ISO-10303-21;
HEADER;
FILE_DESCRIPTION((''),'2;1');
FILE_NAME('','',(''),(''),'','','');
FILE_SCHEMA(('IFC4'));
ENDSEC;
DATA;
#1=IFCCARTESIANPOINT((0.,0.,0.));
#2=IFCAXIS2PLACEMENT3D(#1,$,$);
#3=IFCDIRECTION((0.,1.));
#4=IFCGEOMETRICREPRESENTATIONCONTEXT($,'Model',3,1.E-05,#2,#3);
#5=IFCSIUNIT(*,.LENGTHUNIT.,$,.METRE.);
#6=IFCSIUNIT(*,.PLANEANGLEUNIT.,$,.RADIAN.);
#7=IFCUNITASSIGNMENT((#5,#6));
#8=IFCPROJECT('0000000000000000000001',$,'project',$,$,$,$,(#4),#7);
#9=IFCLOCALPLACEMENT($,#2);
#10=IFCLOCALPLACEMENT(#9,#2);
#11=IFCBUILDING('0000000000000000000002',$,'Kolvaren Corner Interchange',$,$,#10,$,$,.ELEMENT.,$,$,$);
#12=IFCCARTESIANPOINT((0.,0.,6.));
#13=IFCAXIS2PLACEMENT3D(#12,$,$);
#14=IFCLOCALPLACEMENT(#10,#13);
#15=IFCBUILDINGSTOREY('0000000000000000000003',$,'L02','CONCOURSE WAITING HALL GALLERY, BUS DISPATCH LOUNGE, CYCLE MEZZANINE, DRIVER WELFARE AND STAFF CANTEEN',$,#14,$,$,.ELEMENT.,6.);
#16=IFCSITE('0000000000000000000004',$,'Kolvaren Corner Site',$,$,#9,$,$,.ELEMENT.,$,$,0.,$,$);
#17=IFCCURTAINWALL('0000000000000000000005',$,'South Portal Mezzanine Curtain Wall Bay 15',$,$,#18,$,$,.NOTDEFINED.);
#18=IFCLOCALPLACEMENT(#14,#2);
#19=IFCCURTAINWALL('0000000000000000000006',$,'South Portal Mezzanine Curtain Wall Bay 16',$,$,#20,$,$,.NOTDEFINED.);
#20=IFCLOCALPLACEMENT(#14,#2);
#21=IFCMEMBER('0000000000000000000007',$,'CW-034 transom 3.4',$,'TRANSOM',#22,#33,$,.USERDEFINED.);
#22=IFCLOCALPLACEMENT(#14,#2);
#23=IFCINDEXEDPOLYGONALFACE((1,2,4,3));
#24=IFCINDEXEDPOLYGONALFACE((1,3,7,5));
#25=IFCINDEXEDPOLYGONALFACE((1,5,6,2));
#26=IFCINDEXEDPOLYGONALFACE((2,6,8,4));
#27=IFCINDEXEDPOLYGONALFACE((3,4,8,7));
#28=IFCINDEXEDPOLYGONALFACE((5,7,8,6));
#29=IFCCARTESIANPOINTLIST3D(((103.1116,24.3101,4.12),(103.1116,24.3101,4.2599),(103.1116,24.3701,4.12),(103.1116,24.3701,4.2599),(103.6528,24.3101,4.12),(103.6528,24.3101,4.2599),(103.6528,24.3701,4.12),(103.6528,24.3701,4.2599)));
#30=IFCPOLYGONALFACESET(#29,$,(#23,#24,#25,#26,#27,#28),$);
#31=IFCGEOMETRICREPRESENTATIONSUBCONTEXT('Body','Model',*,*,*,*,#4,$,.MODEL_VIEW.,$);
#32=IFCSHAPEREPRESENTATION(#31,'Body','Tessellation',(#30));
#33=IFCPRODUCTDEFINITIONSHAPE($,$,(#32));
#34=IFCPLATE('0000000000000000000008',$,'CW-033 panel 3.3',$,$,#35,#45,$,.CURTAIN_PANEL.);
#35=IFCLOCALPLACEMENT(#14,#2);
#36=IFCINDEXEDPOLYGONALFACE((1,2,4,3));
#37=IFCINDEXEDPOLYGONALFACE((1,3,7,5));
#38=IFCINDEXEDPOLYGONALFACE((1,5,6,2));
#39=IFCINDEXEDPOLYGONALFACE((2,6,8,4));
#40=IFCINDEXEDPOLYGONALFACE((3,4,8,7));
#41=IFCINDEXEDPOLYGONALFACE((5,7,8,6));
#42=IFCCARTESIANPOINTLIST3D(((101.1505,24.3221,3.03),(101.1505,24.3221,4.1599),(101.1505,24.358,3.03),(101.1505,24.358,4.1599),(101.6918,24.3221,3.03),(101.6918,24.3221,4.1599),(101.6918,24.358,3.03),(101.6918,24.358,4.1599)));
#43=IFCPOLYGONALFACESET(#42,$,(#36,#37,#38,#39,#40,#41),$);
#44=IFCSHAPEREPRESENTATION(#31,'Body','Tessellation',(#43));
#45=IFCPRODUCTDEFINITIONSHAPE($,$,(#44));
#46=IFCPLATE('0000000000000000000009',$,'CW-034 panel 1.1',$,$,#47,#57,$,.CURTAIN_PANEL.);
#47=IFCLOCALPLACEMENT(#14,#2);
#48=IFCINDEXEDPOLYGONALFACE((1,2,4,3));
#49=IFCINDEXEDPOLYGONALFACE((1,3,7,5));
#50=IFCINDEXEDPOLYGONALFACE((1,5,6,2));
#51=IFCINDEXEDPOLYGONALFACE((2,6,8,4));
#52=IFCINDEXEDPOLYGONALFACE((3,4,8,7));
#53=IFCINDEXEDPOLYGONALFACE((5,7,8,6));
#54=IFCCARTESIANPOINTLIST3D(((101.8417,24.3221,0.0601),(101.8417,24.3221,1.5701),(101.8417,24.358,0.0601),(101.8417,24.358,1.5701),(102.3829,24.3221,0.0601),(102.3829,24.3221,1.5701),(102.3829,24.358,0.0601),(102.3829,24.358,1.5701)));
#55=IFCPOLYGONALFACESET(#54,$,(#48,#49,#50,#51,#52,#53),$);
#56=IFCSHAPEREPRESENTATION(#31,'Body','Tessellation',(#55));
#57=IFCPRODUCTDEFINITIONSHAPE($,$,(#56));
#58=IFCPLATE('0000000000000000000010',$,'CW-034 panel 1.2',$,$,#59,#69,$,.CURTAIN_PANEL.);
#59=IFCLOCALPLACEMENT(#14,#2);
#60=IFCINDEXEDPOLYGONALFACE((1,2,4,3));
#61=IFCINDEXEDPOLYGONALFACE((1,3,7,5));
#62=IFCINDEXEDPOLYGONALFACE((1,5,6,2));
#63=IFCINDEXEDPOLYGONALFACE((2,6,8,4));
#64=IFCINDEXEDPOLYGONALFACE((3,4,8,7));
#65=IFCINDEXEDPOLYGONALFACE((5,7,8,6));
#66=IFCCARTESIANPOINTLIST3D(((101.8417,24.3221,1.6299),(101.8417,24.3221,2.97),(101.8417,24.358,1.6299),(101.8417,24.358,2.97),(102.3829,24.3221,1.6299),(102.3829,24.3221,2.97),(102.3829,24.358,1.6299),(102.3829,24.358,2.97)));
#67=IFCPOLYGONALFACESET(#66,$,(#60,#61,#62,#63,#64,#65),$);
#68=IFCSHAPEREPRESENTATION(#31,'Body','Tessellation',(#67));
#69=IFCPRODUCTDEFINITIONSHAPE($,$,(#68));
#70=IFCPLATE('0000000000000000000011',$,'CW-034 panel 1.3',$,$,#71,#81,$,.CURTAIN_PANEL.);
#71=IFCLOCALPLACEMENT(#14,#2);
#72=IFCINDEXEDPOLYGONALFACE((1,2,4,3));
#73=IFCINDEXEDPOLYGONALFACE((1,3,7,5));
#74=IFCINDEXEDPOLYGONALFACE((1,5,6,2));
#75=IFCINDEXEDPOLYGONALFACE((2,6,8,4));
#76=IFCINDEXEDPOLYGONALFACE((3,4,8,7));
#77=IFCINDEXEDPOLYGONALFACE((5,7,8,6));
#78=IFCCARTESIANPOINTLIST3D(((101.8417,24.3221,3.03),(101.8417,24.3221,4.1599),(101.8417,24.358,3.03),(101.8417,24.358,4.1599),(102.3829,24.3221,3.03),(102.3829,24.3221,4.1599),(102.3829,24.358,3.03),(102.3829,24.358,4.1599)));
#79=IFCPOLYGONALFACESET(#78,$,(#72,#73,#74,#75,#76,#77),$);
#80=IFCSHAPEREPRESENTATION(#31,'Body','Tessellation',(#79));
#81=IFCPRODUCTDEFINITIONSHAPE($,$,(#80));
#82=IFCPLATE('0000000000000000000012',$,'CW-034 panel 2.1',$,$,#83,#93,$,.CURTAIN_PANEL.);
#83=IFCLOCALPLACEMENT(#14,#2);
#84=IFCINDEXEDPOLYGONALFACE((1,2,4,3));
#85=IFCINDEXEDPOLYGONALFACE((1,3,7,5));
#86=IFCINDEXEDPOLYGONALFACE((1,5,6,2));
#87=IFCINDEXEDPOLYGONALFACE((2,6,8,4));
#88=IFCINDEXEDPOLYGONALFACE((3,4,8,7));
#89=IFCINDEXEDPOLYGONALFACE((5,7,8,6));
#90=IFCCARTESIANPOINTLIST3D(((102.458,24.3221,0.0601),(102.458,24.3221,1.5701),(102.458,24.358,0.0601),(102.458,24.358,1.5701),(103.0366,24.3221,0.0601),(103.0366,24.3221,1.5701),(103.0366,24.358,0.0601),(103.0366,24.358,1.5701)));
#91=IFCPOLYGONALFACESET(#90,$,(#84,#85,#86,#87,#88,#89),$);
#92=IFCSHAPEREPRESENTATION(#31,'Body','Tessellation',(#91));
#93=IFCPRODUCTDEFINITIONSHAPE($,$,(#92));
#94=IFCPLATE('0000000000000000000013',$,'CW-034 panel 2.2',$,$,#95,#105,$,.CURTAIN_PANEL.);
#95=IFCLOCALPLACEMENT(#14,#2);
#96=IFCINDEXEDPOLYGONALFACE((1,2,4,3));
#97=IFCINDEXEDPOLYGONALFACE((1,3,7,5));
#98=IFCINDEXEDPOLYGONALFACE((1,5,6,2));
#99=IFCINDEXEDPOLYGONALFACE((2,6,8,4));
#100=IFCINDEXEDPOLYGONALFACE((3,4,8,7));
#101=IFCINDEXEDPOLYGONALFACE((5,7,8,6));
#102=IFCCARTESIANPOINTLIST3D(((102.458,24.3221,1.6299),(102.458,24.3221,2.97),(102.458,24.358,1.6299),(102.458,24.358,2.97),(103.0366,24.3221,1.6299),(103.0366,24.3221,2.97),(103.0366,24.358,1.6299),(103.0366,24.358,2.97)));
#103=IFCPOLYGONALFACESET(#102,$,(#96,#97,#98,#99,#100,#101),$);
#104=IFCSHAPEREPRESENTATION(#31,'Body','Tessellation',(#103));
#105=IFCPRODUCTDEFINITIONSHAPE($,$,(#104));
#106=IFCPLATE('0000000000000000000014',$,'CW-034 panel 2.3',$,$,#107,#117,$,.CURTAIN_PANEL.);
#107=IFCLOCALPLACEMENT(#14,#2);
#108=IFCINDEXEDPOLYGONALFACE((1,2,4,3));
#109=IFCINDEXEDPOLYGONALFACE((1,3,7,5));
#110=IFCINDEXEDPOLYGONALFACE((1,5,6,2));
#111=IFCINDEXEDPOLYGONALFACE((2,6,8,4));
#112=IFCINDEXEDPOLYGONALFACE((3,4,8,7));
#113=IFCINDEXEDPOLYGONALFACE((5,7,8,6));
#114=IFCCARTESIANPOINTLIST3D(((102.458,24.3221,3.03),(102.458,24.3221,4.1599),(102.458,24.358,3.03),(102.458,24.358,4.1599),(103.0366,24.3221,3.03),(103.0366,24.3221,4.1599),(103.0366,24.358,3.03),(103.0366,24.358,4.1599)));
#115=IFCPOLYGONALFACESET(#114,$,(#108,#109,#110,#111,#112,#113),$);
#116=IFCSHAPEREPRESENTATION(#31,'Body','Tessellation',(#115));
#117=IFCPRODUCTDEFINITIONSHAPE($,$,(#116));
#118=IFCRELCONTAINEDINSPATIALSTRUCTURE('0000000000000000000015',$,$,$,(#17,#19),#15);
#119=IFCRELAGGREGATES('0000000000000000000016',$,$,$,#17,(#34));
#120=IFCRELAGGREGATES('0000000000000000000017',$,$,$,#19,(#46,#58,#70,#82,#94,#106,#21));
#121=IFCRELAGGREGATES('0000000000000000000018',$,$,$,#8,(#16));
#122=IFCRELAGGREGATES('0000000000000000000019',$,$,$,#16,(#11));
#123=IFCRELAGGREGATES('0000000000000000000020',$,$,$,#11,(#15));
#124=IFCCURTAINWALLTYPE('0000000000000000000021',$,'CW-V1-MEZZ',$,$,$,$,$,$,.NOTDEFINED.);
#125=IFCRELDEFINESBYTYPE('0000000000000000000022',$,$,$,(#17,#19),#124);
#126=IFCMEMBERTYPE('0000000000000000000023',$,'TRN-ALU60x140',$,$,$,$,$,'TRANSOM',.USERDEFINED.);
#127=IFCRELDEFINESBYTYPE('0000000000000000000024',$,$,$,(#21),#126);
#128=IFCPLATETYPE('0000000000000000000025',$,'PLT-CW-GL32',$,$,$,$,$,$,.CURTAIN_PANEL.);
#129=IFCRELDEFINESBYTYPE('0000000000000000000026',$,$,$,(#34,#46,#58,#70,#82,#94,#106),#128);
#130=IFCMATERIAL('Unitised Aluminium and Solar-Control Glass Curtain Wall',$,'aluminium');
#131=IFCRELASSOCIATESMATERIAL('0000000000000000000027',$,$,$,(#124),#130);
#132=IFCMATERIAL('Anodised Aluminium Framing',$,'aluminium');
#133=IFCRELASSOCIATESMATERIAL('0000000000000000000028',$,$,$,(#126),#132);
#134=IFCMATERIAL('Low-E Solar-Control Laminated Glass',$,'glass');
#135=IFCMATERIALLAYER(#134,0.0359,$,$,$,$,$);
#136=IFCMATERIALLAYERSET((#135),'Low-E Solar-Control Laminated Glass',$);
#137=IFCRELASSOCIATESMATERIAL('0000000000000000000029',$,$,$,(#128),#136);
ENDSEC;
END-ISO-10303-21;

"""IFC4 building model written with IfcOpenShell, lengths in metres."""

from ifc_helpers import new_model, si_unit, direction, frame, origin, origin_2d, place, context, subcontext, project, spatial, rectangle, extrude, material, layer, layer_set, material_profile, profile_set, type_object, element, aggregate, save


model = new_model("IFC4")

# Units and contexts
model_context = context("Model", 3, precision=1e-05, world=origin(), true_north=direction((0.0, 1.0)))
body_context = subcontext(model_context, "Body", "Model", "MODEL_VIEW")
ifc_project = project(units=[si_unit("LENGTHUNIT", "METRE"), si_unit("PLANEANGLEUNIT", "RADIAN")], contexts=[model_context])

# Site, building, storey
site_placement = place(None, origin())
site = spatial("IfcSite", under=ifc_project, at=site_placement, Name="Kolvaren Corner Site", CompositionType="ELEMENT", RefElevation=0.0)
building_placement = place(site_placement, origin())
building = spatial("IfcBuilding", under=site, at=building_placement, Name="Kolvaren Corner Interchange", CompositionType="ELEMENT")
storey_placement = place(building_placement, frame((0.0, 0.0, 6.0)))
storey = spatial("IfcBuildingStorey", under=building, at=storey_placement, Name="L02", Description="CONCOURSE WAITING HALL GALLERY, BUS DISPATCH LOUNGE, CYCLE MEZZANINE, DRIVER WELFARE AND STAFF CANTEEN", CompositionType="ELEMENT", Elevation=6.0)

# Curtain wall
ifc_material_1 = material(Name="Unitised Aluminium and Solar-Control Glass Curtain Wall", Category="aluminium")
curtain_wall_type = type_object("IfcCurtainWallType", Name="CW-V1-MEZZ", PredefinedType="NOTDEFINED", material=ifc_material_1)
curtain_wall_1_placement = place(storey_placement, origin())
curtain_wall_1 = element("IfcCurtainWall", 1, at=curtain_wall_1_placement, inside=storey, type_object=curtain_wall_type, Name="South Portal Mezzanine Curtain Wall Bay 15", PredefinedType="NOTDEFINED")

# Curtain wall, member
curtain_wall_2_placement = place(storey_placement, origin())
curtain_wall_2 = element("IfcCurtainWall", 2, at=curtain_wall_2_placement, inside=storey, type_object=curtain_wall_type, Name="South Portal Mezzanine Curtain Wall Bay 16", PredefinedType="NOTDEFINED")
ifc_material_2 = material(Name="Anodised Aluminium Framing", Category="aluminium")
ifc_material_profile_1 = material_profile(ifc_material_2, rectangle(XDim=0.0601, YDim=0.1399, at=origin_2d()), Name="ALU 60x140")
ifc_profile_set_1 = profile_set([ifc_material_profile_1], Name="Anodised Aluminium Framing")
member_type_1 = type_object("IfcMemberType", Name="TRN-ALU60x140", ElementType="TRANSOM", PredefinedType="USERDEFINED", material=ifc_profile_set_1)
member_1_placement = place(storey_placement, frame((103.1116, 24.3401, 4.1899), z_axis=(1.0, 0.0, 0.0), x_axis=(0.0, 1.0, 0.0)))
member_1 = element("IfcMember", 3, at=member_1_placement, type_object=member_type_1, Name="CW-034 transom 3.4", ObjectType="TRANSOM", PredefinedType="USERDEFINED", context=body_context, shape_type="SweptSolid", body=[
    extrude(rectangle(XDim=0.0601, YDim=0.1399, at=origin_2d()), origin(), (0.0, 0.0, 1.0), 0.5413),
])

# Plates
ifc_material_3 = material(Name="Low-E Solar-Control Laminated Glass", Category="glass")
ifc_layer = layer(ifc_material_3, 0.0359)
ifc_layer_set = layer_set([ifc_layer], Name="Low-E Solar-Control Laminated Glass")
plate_type = type_object("IfcPlateType", Name="PLT-CW-GL32", PredefinedType="CURTAIN_PANEL", material=ifc_layer_set)
plate_1_placement = place(storey_placement, frame((101.4211, 24.3401, 3.03), z_axis=(0.0, 0.0, 1.0), x_axis=(1.0, 0.0, 0.0)))
plate_1 = element("IfcPlate", 4, at=plate_1_placement, type_object=plate_type, Name="CW-033 panel 3.3", PredefinedType="CURTAIN_PANEL", context=body_context, shape_type="SweptSolid", body=[
    extrude(rectangle(XDim=0.5413, YDim=0.0359, at=origin_2d()), origin(), (0.0, 0.0, 1.0), 1.1299),
])
aggregate(curtain_wall_1, [plate_1])
plate_2_placement = place(storey_placement, frame((102.1123, 24.3401, 0.0601), z_axis=(0.0, 0.0, 1.0), x_axis=(1.0, 0.0, 0.0)))
plate_2 = element("IfcPlate", 5, at=plate_2_placement, type_object=plate_type, Name="CW-034 panel 1.1", PredefinedType="CURTAIN_PANEL", context=body_context, shape_type="SweptSolid", body=[
    extrude(rectangle(XDim=0.5413, YDim=0.0359, at=origin_2d()), origin(), (0.0, 0.0, 1.0), 1.51),
])
plate_3_placement = place(storey_placement, frame((102.1123, 24.3401, 1.6299), z_axis=(0.0, 0.0, 1.0), x_axis=(1.0, 0.0, 0.0)))
plate_3 = element("IfcPlate", 6, at=plate_3_placement, type_object=plate_type, Name="CW-034 panel 1.2", PredefinedType="CURTAIN_PANEL", context=body_context, shape_type="SweptSolid", body=[
    extrude(rectangle(XDim=0.5413, YDim=0.0359, at=origin_2d()), origin(), (0.0, 0.0, 1.0), 1.3401),
])
plate_4_placement = place(storey_placement, frame((102.1123, 24.3401, 3.03), z_axis=(0.0, 0.0, 1.0), x_axis=(1.0, 0.0, 0.0)))
plate_4 = element("IfcPlate", 7, at=plate_4_placement, type_object=plate_type, Name="CW-034 panel 1.3", PredefinedType="CURTAIN_PANEL", context=body_context, shape_type="SweptSolid", body=[
    extrude(rectangle(XDim=0.5413, YDim=0.0359, at=origin_2d()), origin(), (0.0, 0.0, 1.0), 1.1299),
])
plate_5_placement = place(storey_placement, frame((102.7473, 24.3401, 0.0601), z_axis=(0.0, 0.0, 1.0), x_axis=(1.0, 0.0, 0.0)))
plate_5 = element("IfcPlate", 8, at=plate_5_placement, type_object=plate_type, Name="CW-034 panel 2.1", PredefinedType="CURTAIN_PANEL", context=body_context, shape_type="SweptSolid", body=[
    extrude(rectangle(XDim=0.5786, YDim=0.0359, at=origin_2d()), origin(), (0.0, 0.0, 1.0), 1.51),
])
plate_6_placement = place(storey_placement, frame((102.7473, 24.3401, 1.6299), z_axis=(0.0, 0.0, 1.0), x_axis=(1.0, 0.0, 0.0)))
plate_6 = element("IfcPlate", 9, at=plate_6_placement, type_object=plate_type, Name="CW-034 panel 2.2", PredefinedType="CURTAIN_PANEL", context=body_context, shape_type="SweptSolid", body=[
    extrude(rectangle(XDim=0.5786, YDim=0.0359, at=origin_2d()), origin(), (0.0, 0.0, 1.0), 1.3401),
])
plate_7_placement = place(storey_placement, frame((102.7473, 24.3401, 3.03), z_axis=(0.0, 0.0, 1.0), x_axis=(1.0, 0.0, 0.0)))
plate_7 = element("IfcPlate", 10, at=plate_7_placement, type_object=plate_type, Name="CW-034 panel 2.3", PredefinedType="CURTAIN_PANEL", context=body_context, shape_type="SweptSolid", body=[
    extrude(rectangle(XDim=0.5786, YDim=0.0359, at=origin_2d()), origin(), (0.0, 0.0, 1.0), 1.1299),
])
aggregate(curtain_wall_2, [plate_2, plate_3, plate_4, plate_5, plate_6, plate_7, member_1])

save(model, "model.ifc")
